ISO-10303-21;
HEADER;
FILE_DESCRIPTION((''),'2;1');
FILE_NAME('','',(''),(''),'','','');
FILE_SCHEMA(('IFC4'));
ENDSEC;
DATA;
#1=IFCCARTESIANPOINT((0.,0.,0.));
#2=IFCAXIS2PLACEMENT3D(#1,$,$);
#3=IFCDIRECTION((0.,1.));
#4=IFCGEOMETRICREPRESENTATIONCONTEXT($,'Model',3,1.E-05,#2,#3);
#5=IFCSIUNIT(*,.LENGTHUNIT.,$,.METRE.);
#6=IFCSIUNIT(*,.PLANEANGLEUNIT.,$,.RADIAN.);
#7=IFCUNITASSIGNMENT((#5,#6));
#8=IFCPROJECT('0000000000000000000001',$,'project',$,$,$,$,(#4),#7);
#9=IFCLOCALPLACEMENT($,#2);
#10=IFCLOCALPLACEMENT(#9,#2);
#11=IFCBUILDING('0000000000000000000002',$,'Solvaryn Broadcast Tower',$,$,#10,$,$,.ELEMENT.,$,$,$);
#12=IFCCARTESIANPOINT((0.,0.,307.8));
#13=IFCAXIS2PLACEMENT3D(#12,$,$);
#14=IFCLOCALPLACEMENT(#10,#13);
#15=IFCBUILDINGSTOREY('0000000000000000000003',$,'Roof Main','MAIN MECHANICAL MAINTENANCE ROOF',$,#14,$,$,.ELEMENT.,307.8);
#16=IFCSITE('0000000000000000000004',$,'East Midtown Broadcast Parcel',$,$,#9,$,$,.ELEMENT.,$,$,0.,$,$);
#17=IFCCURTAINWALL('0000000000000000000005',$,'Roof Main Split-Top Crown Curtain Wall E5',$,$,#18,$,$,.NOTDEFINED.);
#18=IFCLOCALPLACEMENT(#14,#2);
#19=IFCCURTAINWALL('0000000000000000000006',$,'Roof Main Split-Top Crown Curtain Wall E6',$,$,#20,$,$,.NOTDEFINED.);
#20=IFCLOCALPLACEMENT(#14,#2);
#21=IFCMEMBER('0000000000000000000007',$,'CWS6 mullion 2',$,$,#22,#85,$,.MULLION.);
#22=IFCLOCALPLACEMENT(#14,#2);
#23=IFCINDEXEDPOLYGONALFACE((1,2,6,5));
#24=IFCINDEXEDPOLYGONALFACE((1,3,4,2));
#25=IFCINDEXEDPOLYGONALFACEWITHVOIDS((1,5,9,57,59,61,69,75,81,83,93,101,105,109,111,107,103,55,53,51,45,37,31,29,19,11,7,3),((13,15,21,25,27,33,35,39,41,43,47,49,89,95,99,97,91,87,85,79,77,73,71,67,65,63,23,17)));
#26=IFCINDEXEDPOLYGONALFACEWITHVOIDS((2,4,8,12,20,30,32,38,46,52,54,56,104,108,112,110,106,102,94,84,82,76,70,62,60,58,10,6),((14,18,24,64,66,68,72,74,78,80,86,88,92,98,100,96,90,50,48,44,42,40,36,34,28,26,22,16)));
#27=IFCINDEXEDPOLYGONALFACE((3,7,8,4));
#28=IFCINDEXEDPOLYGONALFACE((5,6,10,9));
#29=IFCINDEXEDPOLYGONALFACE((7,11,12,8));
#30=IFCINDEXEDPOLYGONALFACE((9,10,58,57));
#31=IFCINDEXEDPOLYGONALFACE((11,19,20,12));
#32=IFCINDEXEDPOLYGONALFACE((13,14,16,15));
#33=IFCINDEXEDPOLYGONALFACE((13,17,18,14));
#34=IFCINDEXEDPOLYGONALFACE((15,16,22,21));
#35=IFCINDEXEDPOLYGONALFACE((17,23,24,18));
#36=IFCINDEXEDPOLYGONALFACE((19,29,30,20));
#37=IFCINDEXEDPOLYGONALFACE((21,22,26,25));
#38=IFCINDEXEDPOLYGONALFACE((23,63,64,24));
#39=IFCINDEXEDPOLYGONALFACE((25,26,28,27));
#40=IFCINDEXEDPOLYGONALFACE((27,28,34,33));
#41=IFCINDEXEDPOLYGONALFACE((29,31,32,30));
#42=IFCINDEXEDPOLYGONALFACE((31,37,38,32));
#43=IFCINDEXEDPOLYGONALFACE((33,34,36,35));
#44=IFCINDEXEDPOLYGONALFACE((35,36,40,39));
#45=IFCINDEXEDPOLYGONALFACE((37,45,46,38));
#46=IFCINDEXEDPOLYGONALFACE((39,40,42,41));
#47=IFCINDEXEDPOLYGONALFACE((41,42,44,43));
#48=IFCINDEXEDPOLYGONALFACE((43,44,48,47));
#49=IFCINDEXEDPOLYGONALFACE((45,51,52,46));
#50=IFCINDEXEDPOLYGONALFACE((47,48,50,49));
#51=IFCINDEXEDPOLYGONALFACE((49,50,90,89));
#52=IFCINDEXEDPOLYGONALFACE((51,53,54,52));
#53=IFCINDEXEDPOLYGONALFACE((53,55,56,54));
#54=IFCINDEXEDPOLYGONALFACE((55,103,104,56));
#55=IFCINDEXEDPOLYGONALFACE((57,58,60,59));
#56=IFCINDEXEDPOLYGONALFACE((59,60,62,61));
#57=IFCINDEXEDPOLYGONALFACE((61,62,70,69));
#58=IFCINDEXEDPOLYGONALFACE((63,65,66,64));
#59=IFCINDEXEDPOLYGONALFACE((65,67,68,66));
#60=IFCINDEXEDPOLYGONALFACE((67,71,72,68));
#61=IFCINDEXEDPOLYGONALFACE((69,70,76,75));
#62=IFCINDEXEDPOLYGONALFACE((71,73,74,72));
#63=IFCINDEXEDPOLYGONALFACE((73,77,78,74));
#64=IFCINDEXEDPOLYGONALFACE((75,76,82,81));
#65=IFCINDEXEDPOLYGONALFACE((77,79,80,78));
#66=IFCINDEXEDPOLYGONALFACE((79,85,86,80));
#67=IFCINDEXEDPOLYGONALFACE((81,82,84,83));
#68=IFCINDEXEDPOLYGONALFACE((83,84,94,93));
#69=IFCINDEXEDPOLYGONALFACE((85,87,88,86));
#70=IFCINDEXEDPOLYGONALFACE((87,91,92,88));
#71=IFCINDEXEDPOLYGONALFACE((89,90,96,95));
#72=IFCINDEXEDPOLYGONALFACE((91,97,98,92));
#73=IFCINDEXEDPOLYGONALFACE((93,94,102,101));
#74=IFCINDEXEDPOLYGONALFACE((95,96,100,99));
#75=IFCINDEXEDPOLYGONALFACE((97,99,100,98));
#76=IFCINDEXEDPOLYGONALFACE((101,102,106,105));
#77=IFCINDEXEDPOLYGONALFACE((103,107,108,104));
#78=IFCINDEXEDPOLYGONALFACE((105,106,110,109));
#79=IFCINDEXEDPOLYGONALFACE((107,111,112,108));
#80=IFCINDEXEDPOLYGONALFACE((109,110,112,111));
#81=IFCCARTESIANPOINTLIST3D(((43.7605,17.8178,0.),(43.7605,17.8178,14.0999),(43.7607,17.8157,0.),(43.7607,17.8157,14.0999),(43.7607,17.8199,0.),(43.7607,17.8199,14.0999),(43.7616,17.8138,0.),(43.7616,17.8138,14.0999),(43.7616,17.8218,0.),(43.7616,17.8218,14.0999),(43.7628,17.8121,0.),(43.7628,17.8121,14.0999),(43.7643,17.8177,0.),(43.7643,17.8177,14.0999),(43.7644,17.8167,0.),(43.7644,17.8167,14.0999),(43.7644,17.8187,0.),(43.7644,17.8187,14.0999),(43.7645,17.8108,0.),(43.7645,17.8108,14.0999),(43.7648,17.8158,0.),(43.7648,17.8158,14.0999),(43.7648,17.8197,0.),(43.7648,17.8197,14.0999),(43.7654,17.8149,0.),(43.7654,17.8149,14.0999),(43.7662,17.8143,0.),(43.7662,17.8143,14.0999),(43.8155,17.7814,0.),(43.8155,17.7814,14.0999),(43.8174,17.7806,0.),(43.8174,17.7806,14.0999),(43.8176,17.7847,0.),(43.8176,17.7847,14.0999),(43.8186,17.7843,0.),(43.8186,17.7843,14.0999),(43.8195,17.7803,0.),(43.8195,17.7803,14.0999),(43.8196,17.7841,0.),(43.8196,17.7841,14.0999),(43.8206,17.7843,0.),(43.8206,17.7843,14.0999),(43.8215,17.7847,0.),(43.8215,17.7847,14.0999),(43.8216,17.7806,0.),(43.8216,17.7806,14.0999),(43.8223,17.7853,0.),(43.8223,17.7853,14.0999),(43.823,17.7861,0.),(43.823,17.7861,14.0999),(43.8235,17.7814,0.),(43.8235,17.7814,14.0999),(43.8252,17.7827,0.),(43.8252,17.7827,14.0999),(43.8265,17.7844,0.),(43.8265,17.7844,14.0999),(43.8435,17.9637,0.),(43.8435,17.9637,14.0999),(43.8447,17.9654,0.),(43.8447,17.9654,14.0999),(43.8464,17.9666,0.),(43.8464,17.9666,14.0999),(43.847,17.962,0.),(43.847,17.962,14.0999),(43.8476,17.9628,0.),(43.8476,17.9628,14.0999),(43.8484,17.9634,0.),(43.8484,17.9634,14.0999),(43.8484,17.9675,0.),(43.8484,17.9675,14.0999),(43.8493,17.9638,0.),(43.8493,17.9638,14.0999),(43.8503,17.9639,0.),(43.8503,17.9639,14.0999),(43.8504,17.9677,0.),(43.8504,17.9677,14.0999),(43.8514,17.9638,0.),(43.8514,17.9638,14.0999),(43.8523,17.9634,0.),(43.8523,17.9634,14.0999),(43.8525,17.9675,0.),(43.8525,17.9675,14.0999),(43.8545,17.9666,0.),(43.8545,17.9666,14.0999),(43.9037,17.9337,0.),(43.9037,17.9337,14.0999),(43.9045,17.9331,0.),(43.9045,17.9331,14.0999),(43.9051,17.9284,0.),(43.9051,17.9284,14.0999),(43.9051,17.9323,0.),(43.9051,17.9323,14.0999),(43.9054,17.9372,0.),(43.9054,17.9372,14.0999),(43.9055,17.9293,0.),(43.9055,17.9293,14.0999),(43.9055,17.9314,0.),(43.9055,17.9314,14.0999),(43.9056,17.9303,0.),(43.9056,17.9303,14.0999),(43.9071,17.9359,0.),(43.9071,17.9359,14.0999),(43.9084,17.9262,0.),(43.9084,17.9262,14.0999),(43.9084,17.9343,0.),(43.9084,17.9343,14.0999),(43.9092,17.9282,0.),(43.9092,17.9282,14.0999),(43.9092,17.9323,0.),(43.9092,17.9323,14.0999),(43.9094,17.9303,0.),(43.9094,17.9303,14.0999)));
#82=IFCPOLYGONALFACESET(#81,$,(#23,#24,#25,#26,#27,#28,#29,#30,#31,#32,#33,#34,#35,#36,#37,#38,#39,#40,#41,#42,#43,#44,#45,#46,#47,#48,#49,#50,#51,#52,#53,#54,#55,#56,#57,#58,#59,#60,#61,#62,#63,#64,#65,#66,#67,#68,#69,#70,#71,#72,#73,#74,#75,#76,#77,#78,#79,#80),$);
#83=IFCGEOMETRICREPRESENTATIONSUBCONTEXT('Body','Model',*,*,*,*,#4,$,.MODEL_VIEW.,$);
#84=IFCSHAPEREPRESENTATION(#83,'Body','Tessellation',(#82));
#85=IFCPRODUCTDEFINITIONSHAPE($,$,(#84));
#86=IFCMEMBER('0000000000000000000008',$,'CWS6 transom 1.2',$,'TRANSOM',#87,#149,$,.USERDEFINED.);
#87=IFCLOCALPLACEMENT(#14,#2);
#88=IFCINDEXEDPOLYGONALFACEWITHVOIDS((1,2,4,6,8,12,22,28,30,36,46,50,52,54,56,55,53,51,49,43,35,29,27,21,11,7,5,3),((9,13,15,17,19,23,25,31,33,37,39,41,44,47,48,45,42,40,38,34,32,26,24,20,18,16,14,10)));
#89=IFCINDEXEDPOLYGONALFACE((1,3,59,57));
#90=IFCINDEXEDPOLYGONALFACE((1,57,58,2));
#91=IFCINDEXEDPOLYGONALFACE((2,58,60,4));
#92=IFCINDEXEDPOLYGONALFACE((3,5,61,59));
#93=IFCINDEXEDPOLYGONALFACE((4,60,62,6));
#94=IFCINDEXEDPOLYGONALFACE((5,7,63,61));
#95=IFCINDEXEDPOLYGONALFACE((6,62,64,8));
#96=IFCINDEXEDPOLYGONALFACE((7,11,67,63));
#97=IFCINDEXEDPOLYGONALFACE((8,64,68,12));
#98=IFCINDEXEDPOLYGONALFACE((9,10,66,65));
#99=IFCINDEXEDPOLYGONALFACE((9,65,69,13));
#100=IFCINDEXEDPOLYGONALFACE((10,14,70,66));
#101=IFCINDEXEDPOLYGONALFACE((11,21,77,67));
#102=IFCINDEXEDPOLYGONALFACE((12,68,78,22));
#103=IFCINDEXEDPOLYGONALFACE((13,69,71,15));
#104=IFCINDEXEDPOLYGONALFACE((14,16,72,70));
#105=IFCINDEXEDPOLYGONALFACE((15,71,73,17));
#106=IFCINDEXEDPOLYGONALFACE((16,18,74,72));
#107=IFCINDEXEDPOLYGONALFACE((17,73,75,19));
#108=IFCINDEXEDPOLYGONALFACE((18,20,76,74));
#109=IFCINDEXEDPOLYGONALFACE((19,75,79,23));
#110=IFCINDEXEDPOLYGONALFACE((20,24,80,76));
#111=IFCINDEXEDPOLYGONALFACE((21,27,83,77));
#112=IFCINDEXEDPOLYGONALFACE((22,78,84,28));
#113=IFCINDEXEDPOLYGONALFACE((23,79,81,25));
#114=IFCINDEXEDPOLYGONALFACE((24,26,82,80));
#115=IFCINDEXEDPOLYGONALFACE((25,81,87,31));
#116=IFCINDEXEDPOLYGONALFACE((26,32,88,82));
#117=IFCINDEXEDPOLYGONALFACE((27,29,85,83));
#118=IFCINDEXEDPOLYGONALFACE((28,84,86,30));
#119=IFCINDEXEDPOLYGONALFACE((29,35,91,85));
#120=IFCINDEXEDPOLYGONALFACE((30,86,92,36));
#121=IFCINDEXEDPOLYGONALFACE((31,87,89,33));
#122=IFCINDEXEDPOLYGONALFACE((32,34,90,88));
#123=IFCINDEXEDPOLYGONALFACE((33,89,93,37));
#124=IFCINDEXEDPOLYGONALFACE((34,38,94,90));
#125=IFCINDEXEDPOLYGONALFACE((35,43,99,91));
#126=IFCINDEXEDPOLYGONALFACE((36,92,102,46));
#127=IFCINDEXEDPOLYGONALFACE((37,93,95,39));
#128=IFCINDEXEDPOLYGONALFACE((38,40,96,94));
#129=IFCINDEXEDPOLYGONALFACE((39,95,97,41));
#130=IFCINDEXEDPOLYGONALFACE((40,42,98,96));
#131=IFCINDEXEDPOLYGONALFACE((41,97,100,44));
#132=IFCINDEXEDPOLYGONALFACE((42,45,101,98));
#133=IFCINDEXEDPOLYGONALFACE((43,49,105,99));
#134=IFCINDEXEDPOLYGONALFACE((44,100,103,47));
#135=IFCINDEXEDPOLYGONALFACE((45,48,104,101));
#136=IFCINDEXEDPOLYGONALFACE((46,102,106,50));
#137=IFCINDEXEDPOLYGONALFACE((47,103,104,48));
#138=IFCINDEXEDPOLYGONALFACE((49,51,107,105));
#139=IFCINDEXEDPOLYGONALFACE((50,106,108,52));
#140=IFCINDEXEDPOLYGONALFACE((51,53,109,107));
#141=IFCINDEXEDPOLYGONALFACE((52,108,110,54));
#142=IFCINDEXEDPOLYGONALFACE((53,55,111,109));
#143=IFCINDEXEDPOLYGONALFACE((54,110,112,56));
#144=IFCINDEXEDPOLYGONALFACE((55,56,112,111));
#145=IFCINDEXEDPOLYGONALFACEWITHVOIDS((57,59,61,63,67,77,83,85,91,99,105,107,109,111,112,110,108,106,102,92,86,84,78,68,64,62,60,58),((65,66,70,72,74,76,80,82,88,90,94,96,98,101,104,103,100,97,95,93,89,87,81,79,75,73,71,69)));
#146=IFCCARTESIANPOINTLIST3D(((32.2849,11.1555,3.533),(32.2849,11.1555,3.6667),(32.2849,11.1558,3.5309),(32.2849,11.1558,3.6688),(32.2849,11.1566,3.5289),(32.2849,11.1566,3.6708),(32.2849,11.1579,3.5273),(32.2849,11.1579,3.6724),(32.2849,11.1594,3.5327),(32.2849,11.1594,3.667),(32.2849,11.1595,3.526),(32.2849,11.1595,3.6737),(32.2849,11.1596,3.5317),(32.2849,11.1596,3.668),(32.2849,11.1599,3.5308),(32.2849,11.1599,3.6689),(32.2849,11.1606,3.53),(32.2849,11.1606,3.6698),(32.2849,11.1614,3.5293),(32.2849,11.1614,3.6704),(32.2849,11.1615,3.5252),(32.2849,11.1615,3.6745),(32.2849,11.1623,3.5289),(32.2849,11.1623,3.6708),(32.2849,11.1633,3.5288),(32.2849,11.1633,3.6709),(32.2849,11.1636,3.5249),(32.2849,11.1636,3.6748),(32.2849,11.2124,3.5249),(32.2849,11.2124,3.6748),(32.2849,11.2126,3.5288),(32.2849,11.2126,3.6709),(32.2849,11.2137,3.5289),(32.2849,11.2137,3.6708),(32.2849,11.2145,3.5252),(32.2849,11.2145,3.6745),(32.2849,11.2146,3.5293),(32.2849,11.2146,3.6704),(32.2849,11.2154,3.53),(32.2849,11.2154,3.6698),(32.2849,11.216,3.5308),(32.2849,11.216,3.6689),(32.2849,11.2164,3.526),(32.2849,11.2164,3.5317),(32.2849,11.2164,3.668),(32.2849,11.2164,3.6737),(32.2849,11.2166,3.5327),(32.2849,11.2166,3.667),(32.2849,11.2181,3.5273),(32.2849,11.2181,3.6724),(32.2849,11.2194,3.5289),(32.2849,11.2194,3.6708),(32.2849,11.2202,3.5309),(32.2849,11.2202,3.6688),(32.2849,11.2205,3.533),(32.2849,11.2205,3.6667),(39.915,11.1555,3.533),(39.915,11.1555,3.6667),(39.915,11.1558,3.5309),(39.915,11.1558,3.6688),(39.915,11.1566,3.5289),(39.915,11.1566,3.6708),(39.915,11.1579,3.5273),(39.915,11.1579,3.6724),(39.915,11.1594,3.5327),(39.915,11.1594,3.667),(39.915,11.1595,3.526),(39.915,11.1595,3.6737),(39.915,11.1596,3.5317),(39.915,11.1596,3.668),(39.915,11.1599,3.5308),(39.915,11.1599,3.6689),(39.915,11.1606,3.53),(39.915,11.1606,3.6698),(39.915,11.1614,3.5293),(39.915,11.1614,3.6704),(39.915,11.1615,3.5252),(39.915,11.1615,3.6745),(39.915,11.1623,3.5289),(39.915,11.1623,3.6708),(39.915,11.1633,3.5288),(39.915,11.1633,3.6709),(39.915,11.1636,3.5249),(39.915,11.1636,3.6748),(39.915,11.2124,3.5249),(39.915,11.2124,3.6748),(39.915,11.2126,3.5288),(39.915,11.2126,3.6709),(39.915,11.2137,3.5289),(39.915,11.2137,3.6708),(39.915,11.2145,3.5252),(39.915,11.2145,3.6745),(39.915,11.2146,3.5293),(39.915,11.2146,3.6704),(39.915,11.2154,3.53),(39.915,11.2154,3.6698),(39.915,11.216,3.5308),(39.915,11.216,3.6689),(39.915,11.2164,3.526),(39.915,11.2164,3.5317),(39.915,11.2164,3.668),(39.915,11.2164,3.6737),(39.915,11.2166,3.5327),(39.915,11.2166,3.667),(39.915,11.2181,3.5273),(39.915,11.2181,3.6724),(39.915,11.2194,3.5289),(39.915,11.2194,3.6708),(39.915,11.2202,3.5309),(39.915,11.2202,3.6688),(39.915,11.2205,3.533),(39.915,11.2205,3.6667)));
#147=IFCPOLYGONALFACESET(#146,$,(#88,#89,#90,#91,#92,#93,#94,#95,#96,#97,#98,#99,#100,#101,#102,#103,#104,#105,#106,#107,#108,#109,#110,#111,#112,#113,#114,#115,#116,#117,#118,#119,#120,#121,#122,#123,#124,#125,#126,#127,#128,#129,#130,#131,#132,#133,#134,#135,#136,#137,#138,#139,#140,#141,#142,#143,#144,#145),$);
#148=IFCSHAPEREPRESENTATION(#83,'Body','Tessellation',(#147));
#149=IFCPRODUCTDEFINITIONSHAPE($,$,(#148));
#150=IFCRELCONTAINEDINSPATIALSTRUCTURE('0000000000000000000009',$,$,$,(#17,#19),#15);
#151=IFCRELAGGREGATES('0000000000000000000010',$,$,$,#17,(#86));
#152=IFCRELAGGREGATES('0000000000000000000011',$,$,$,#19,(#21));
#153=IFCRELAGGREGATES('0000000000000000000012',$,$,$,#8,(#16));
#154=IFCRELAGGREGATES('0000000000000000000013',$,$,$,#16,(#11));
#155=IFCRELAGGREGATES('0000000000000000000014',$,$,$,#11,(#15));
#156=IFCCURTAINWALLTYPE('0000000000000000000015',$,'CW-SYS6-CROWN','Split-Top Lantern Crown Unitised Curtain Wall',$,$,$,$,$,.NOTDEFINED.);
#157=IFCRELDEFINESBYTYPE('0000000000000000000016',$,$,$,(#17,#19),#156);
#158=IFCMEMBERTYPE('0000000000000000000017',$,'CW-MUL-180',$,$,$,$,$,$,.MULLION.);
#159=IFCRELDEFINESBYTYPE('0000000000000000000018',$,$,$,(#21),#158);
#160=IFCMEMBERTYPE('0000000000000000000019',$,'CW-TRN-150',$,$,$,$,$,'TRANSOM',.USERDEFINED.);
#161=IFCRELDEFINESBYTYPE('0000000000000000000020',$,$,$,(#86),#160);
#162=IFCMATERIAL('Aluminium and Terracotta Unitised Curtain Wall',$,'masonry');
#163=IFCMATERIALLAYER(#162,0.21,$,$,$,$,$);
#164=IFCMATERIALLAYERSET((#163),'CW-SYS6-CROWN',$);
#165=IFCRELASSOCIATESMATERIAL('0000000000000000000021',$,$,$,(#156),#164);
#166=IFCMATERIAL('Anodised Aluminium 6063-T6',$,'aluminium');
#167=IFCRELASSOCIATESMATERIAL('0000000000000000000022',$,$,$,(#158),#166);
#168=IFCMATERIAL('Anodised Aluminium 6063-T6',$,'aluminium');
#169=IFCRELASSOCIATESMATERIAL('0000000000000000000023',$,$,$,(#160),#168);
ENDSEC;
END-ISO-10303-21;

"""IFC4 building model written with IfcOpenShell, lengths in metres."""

from ifc_helpers import new_model, si_unit, direction, frame, origin, origin_2d, place, context, subcontext, project, spatial, hollow_rectangle, extrude, material, layer, layer_set, material_profile, profile_set, type_object, element, aggregate, save


model = new_model("IFC4")

# Units and contexts
model_context = context("Model", 3, precision=1e-05, world=origin(), true_north=direction((0.0, 1.0)))
body_context = subcontext(model_context, "Body", "Model", "MODEL_VIEW")
ifc_project = project(units=[si_unit("LENGTHUNIT", "METRE"), si_unit("PLANEANGLEUNIT", "RADIAN")], contexts=[model_context])

# Site, building, storey
site_placement = place(None, origin())
site = spatial("IfcSite", under=ifc_project, at=site_placement, Name="East Midtown Broadcast Parcel", CompositionType="ELEMENT", RefElevation=0.0)
building_placement = place(site_placement, origin())
building = spatial("IfcBuilding", under=site, at=building_placement, Name="Solvaryn Broadcast Tower", CompositionType="ELEMENT")
storey_placement = place(building_placement, frame((0.0, 0.0, 307.8)))
storey = spatial("IfcBuildingStorey", under=building, at=storey_placement, Name="Roof Main", Description="MAIN MECHANICAL MAINTENANCE ROOF", CompositionType="ELEMENT", Elevation=307.8)

# Curtain wall
ifc_material_1 = material(Name="Aluminium and Terracotta Unitised Curtain Wall", Category="masonry")
ifc_layer_1 = layer(ifc_material_1, 0.21)
ifc_layer_set_1 = layer_set([ifc_layer_1], Name="CW-SYS6-CROWN")
curtain_wall_type = type_object("IfcCurtainWallType", Name="CW-SYS6-CROWN", Description="Split-Top Lantern Crown Unitised Curtain Wall", PredefinedType="NOTDEFINED", material=ifc_layer_set_1)
curtain_wall_1_placement = place(storey_placement, origin())
curtain_wall_1 = element("IfcCurtainWall", 1, at=curtain_wall_1_placement, inside=storey, type_object=curtain_wall_type, Name="Roof Main Split-Top Crown Curtain Wall E5", PredefinedType="NOTDEFINED")
ifc_material_2 = material(Name="Anodised Aluminium 6063-T6", Category="aluminium")
ifc_material_profile_1 = material_profile(ifc_material_2, hollow_rectangle(XDim=0.075, YDim=0.1799, WallThickness=0.0039, InnerFilletRadius=0.0039, OuterFilletRadius=0.0081, at=origin_2d()))
ifc_profile_set_1 = profile_set([ifc_material_profile_1], Name="Anodised Aluminium 6063-T6")
member_type_1 = type_object("IfcMemberType", Name="CW-MUL-180", PredefinedType="MULLION", material=ifc_profile_set_1)

# Curtain wall, member
curtain_wall_2_placement = place(storey_placement, origin())
curtain_wall_2 = element("IfcCurtainWall", 2, at=curtain_wall_2_placement, inside=storey, type_object=curtain_wall_type, Name="Roof Main Split-Top Crown Curtain Wall E6", PredefinedType="NOTDEFINED")
member_1_placement = place(storey_placement, frame((43.835, 17.874, 0.0), z_axis=(0.0, 0.0, 1.0), x_axis=(-0.866035, 0.499983, 0.0)))
member_1 = element("IfcMember", 3, at=member_1_placement, type_object=member_type_1, Name="CWS6 mullion 2", PredefinedType="MULLION", context=body_context, shape_type="SweptSolid", body=[
    extrude(hollow_rectangle(XDim=0.075, YDim=0.1799, WallThickness=0.0039, InnerFilletRadius=0.0039, OuterFilletRadius=0.0081, at=origin_2d()), origin(), (0.0, 0.0, 1.0), 14.0999),
])

# Member
ifc_material_3 = material(Name="Anodised Aluminium 6063-T6", Category="aluminium")
ifc_material_profile_2 = material_profile(ifc_material_3, hollow_rectangle(XDim=0.0649, YDim=0.1499, WallThickness=0.0039, InnerFilletRadius=0.0039, OuterFilletRadius=0.0081, at=origin_2d()))
ifc_profile_set_2 = profile_set([ifc_material_profile_2], Name="Anodised Aluminium 6063-T6")
member_type_2 = type_object("IfcMemberType", Name="CW-TRN-150", ElementType="TRANSOM", PredefinedType="USERDEFINED", material=ifc_profile_set_2)
member_2_placement = place(storey_placement, frame((32.2849, 11.188, 3.5999), z_axis=(1.0, 0.0, 0.0), x_axis=(0.0, 1.0, 0.0)))
member_2 = element("IfcMember", 4, at=member_2_placement, type_object=member_type_2, Name="CWS6 transom 1.2", ObjectType="TRANSOM", PredefinedType="USERDEFINED", context=body_context, shape_type="SweptSolid", body=[
    extrude(hollow_rectangle(XDim=0.0649, YDim=0.1499, WallThickness=0.0039, InnerFilletRadius=0.0039, OuterFilletRadius=0.0081, at=origin_2d()), origin(), (0.0, 0.0, 1.0), 7.6301),
])

aggregate(curtain_wall_1, [member_2])
aggregate(curtain_wall_2, [member_1])

save(model, "model.ifc")
